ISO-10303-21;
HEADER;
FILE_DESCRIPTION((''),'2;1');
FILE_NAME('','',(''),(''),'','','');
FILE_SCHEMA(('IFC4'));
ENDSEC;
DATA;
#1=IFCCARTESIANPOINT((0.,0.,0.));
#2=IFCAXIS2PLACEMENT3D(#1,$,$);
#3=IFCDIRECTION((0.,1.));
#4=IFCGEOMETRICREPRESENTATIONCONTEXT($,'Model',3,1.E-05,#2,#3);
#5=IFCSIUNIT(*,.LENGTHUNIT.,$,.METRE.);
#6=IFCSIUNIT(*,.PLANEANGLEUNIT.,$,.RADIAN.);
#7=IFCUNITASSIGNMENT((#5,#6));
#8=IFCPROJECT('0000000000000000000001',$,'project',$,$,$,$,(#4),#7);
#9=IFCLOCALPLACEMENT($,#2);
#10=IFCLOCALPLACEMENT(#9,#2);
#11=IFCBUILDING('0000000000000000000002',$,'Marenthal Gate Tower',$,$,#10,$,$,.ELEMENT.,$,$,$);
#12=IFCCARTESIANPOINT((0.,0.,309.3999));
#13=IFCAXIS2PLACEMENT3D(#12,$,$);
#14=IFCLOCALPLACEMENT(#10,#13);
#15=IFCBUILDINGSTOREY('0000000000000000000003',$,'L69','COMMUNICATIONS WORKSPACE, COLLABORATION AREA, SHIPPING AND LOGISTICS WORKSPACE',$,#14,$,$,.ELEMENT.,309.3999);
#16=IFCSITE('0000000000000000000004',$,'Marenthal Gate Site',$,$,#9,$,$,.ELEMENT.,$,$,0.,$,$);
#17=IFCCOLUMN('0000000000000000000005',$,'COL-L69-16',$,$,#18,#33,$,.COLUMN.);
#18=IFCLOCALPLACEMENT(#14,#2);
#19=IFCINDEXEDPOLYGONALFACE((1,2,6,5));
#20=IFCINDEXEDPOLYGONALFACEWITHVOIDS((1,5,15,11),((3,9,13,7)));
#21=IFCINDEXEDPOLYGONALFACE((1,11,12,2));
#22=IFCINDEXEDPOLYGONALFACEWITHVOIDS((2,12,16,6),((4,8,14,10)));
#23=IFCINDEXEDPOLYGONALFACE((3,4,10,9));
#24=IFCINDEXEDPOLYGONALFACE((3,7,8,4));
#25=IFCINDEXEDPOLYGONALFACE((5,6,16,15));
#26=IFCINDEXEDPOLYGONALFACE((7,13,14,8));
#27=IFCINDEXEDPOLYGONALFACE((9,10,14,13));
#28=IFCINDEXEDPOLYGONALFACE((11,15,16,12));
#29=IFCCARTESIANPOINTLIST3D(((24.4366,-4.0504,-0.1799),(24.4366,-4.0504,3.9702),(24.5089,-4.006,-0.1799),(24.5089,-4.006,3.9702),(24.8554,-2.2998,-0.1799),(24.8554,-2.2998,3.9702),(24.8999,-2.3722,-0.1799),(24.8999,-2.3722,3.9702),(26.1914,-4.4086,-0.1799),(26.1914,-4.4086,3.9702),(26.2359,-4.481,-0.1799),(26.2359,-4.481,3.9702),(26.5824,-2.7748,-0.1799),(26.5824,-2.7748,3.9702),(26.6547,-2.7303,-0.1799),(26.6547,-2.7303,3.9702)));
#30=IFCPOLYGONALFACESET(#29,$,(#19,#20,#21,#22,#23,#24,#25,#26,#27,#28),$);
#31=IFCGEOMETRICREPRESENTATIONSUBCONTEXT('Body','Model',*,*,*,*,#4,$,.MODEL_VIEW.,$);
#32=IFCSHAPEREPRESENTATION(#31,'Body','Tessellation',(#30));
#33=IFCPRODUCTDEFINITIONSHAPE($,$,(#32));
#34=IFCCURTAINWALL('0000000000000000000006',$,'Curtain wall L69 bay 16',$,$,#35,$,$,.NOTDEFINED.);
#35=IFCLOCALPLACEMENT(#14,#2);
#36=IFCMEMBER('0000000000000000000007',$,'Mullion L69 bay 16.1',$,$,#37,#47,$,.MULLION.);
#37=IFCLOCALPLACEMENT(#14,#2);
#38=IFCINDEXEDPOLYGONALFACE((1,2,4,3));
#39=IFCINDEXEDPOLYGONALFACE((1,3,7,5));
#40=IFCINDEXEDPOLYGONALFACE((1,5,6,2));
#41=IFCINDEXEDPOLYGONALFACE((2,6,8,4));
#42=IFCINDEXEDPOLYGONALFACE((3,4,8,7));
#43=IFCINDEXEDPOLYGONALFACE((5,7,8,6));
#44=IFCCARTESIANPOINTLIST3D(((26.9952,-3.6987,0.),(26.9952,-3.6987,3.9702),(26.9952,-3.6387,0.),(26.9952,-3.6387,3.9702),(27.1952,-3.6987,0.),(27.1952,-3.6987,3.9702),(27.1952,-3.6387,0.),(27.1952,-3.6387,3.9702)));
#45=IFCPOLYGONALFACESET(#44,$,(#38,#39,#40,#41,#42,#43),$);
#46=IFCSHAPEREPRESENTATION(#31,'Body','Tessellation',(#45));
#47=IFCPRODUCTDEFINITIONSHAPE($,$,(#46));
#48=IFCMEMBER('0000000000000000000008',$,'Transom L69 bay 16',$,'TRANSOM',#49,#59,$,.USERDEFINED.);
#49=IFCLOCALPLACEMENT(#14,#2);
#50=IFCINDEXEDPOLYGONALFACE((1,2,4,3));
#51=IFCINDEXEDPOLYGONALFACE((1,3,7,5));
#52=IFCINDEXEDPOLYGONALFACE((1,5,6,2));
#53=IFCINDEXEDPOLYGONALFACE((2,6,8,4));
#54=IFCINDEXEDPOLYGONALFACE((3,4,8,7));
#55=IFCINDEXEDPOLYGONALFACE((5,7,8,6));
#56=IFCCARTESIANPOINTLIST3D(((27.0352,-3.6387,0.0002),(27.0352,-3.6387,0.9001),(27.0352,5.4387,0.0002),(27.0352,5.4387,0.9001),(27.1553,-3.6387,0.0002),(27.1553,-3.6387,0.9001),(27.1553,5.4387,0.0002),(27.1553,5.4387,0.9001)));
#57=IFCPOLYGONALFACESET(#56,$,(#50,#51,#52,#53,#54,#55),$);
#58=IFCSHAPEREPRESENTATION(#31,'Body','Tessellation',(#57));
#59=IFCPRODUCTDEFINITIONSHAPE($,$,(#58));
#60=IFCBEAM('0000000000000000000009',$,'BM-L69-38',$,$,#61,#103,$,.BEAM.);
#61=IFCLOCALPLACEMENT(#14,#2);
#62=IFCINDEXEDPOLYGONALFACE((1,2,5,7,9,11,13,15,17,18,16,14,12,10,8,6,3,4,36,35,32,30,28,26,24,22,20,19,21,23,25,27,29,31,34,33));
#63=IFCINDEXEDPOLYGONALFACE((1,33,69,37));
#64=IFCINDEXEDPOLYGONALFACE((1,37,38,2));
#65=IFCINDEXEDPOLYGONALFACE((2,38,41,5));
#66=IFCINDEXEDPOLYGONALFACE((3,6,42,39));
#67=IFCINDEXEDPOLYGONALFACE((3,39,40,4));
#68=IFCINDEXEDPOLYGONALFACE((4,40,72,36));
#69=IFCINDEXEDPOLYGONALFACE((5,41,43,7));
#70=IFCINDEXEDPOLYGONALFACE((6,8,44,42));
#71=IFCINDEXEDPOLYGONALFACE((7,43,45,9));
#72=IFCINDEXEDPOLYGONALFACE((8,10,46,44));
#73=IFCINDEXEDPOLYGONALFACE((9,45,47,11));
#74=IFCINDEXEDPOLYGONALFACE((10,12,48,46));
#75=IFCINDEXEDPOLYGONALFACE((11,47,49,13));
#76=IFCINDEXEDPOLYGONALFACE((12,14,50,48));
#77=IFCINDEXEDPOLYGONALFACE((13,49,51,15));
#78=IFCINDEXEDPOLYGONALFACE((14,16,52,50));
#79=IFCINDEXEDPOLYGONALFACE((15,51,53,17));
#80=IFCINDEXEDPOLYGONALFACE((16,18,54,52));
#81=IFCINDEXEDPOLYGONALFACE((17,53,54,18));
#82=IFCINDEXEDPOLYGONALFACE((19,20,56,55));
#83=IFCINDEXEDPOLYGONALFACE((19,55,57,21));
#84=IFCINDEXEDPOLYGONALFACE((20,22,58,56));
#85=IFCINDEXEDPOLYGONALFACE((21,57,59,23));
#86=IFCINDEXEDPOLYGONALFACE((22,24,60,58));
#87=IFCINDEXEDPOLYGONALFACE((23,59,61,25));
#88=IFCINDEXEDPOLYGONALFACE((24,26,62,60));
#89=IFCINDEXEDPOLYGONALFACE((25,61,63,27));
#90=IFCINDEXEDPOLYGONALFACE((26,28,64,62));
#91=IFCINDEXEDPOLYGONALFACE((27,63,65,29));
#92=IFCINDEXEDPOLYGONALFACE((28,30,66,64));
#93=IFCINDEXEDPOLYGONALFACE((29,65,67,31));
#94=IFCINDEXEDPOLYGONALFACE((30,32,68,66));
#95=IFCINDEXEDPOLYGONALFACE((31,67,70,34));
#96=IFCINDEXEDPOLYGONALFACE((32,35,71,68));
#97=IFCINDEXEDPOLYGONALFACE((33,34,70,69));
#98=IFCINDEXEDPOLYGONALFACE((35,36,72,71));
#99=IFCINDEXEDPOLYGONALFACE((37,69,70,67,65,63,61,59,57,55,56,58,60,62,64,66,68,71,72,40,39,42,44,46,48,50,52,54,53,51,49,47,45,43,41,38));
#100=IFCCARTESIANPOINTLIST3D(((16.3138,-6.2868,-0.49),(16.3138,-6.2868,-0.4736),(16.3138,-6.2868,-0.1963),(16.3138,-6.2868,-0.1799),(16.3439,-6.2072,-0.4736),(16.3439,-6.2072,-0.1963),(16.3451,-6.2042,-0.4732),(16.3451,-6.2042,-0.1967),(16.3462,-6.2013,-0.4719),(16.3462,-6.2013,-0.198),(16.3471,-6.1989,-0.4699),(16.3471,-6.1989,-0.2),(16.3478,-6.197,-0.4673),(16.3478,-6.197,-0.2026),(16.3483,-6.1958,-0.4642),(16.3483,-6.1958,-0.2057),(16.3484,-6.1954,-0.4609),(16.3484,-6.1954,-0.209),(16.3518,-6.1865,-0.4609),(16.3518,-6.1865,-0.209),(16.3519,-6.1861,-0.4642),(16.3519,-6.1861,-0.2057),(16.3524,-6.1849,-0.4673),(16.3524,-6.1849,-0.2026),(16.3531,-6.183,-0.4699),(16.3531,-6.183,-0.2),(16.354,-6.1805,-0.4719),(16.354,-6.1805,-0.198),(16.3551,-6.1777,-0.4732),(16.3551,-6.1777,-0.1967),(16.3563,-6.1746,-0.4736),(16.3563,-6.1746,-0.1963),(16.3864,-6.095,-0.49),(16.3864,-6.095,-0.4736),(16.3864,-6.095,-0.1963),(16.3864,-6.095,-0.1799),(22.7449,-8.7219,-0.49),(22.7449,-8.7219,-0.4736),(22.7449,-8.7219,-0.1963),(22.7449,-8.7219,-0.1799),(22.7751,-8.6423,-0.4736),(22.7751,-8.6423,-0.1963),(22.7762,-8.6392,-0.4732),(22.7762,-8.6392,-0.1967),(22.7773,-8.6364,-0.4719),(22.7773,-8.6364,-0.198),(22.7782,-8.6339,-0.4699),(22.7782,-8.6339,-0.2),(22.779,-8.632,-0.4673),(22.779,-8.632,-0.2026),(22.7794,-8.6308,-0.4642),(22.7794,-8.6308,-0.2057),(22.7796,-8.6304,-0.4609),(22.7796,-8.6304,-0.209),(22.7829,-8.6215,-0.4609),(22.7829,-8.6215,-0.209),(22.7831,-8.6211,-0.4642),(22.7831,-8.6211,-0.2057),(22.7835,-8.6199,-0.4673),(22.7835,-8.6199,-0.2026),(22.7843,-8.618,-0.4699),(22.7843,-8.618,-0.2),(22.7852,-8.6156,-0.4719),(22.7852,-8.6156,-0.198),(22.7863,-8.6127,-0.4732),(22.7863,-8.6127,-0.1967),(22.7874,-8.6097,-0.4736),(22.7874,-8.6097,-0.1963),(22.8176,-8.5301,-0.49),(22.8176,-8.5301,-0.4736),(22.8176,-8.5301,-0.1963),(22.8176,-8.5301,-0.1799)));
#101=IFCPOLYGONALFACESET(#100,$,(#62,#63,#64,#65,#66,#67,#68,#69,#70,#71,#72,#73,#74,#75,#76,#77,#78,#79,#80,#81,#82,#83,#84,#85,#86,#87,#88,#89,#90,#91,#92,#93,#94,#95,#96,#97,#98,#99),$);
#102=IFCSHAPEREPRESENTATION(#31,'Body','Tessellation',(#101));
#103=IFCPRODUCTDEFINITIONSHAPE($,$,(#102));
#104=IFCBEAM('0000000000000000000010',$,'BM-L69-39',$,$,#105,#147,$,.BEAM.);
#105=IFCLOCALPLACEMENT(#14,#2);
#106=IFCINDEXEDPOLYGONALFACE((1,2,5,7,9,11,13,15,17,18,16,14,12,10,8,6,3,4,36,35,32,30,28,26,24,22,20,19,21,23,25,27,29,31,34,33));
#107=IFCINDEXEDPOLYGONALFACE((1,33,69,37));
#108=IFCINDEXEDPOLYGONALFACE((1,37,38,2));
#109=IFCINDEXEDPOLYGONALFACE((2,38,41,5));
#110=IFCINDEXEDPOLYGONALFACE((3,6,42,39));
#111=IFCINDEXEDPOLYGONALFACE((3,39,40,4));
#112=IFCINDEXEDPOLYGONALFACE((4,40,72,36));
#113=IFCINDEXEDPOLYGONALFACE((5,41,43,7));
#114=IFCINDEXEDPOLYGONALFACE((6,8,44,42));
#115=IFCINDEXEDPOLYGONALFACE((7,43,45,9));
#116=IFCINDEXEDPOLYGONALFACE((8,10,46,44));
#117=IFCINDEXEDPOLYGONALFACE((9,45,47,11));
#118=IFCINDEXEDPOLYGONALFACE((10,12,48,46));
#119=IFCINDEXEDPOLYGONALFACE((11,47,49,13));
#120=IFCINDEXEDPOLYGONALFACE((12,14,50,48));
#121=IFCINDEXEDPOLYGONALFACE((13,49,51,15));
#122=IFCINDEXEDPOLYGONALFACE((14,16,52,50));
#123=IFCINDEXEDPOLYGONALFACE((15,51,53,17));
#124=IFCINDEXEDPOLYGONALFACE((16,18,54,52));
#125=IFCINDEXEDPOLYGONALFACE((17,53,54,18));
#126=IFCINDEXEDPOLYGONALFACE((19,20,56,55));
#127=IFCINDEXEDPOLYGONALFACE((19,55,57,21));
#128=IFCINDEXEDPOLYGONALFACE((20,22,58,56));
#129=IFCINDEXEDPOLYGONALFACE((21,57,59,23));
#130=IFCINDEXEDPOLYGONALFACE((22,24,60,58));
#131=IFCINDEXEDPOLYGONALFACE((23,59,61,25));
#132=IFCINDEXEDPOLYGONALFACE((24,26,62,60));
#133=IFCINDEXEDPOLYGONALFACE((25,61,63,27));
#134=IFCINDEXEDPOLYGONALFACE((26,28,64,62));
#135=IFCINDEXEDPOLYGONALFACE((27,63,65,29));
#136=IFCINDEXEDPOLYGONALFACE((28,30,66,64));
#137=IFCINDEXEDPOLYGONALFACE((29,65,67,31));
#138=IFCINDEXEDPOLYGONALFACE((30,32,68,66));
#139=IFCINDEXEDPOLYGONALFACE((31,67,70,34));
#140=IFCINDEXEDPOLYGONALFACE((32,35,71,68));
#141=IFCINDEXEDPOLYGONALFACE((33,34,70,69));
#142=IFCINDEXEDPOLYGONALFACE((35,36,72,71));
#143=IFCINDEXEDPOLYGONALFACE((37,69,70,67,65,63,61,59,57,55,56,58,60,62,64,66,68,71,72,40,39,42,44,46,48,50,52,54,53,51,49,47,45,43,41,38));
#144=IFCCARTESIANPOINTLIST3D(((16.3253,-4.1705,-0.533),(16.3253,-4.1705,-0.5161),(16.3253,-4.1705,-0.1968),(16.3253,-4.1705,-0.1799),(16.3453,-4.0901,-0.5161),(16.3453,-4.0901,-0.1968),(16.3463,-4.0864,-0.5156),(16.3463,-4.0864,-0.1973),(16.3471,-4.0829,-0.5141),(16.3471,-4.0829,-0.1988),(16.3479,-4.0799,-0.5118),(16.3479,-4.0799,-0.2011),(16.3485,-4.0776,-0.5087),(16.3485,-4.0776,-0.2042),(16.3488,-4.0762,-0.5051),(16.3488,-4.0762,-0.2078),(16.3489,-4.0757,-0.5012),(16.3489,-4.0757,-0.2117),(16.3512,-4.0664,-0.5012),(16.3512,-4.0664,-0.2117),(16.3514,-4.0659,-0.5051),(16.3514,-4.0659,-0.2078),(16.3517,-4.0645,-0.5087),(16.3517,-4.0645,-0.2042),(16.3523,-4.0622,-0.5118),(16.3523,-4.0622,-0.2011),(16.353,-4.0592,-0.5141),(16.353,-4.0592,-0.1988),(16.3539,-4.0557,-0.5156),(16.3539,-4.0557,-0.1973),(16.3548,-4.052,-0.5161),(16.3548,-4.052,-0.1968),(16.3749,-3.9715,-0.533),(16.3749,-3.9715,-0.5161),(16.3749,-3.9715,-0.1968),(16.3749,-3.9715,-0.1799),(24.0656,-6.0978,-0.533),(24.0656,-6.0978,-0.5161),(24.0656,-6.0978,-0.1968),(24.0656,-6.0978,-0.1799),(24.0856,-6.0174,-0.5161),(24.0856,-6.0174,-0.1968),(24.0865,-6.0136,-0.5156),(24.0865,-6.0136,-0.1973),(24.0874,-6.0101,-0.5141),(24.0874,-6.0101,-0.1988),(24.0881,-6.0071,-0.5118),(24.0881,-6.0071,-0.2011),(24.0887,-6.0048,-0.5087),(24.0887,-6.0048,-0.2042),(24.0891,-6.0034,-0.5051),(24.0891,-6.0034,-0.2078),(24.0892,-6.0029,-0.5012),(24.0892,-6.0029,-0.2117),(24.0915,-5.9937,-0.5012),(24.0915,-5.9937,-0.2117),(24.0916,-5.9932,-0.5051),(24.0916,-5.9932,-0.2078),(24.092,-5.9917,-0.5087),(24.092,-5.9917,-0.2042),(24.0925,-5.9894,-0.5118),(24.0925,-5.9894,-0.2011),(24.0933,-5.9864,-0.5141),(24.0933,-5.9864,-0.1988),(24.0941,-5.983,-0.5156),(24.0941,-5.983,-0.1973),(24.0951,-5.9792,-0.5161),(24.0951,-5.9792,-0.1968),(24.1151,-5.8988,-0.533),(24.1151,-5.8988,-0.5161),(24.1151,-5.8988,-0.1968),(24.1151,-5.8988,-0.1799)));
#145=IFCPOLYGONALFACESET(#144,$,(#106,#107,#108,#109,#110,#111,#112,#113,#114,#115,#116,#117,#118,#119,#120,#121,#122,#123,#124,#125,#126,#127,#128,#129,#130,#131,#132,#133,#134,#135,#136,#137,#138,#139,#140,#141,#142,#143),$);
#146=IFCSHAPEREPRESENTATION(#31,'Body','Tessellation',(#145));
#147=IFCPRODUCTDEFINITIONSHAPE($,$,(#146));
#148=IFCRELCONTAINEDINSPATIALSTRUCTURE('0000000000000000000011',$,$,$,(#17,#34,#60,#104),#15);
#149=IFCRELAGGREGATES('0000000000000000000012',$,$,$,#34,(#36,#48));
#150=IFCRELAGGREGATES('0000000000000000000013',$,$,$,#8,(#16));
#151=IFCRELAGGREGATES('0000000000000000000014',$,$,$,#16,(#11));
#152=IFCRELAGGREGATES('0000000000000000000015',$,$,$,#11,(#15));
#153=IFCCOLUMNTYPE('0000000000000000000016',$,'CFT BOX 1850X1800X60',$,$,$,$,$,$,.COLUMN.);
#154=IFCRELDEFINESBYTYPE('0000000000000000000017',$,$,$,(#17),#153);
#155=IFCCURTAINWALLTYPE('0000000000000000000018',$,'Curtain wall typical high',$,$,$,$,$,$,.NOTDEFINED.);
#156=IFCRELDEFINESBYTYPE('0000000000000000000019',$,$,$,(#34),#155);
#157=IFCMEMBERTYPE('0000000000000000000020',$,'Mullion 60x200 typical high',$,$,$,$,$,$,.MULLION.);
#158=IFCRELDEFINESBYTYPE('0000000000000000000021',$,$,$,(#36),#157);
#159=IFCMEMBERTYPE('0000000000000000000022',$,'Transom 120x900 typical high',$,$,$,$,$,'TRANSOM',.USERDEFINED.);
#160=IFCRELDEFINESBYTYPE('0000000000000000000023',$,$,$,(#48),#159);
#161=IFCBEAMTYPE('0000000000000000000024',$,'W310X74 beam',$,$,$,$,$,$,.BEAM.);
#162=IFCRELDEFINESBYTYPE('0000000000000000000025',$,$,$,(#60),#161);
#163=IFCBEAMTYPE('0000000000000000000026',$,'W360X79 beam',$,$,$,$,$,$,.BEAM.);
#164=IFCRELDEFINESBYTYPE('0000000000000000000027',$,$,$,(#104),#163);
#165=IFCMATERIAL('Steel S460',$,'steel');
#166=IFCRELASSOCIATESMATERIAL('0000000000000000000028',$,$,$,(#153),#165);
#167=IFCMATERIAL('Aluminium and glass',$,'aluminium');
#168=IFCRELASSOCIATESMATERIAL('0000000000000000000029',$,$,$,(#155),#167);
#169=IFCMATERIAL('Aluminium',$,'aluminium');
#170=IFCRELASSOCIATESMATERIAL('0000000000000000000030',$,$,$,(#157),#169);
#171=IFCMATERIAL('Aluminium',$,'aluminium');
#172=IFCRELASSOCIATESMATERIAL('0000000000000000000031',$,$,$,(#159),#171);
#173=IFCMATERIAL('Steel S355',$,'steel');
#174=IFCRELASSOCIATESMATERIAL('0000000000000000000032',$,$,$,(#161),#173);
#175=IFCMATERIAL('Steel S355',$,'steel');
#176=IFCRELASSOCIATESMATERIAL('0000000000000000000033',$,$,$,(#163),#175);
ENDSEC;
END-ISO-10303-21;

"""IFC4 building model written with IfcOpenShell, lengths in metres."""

from ifc_helpers import new_model, si_unit, direction, frame, origin, origin_2d, place, context, subcontext, project, spatial, rectangle, hollow_rectangle, i_section, extrude, material, material_profile, profile_set, type_object, element, aggregate, save


model = new_model("IFC4")

# Units and contexts
model_context = context("Model", 3, precision=1e-05, world=origin(), true_north=direction((0.0, 1.0)))
body_context = subcontext(model_context, "Body", "Model", "MODEL_VIEW")
ifc_project = project(units=[si_unit("LENGTHUNIT", "METRE"), si_unit("PLANEANGLEUNIT", "RADIAN")], contexts=[model_context])

# Site, building, storey
site_placement = place(None, origin())
site = spatial("IfcSite", under=ifc_project, at=site_placement, Name="Marenthal Gate Site", CompositionType="ELEMENT", RefElevation=0.0)
building_placement = place(site_placement, origin())
building = spatial("IfcBuilding", under=site, at=building_placement, Name="Marenthal Gate Tower", CompositionType="ELEMENT")
storey_placement = place(building_placement, frame((0.0, 0.0, 309.3999)))
storey = spatial("IfcBuildingStorey", under=building, at=storey_placement, Name="L69", Description="COMMUNICATIONS WORKSPACE, COLLABORATION AREA, SHIPPING AND LOGISTICS WORKSPACE", CompositionType="ELEMENT", Elevation=309.3999)

# Column
ifc_material_1 = material(Name="Steel S460", Category="steel")
ifc_material_profile_1 = material_profile(ifc_material_1, hollow_rectangle(XDim=1.8, YDim=1.8501, WallThickness=0.0601, at=origin_2d()), Name="CFT BOX 1850X1800X60")
ifc_material_2 = material(Name="Concrete 70 MPa", Category="concrete")
ifc_material_profile_2 = material_profile(ifc_material_2, rectangle(XDim=1.6799, YDim=1.73, at=origin_2d()), Name="CFT BOX 1850X1800X60 INFILL")
ifc_profile_set_1 = profile_set([ifc_material_profile_1, ifc_material_profile_2], Name="Steel S460 shell, Concrete 70 MPa infill")
column_type = type_object("IfcColumnType", Name="CFT BOX 1850X1800X60", PredefinedType="COLUMN", material=ifc_profile_set_1)
column_placement = place(storey_placement, frame((25.5457, -3.3904, -0.1799), z_axis=(0.0, 0.0, 1.0), x_axis=(-0.232702, -0.972548, 0.0)))
element("IfcColumn", 1, at=column_placement, inside=storey, type_object=column_type, Name="COL-L69-16", PredefinedType="COLUMN", context=body_context, shape_type="SweptSolid", body=[
    extrude(hollow_rectangle(XDim=1.8, YDim=1.8501, WallThickness=0.0601, at=origin_2d()), origin(), (0.0, 0.0, 1.0), 4.1501),
])

# Curtain wall, members
ifc_material_3 = material(Name="Aluminium and glass", Category="aluminium")
curtain_wall_type = type_object("IfcCurtainWallType", Name="Curtain wall typical high", PredefinedType="NOTDEFINED", material=ifc_material_3)
curtain_wall_placement = place(storey_placement, origin())
curtain_wall = element("IfcCurtainWall", 2, at=curtain_wall_placement, inside=storey, type_object=curtain_wall_type, Name="Curtain wall L69 bay 16", PredefinedType="NOTDEFINED")
ifc_material_4 = material(Name="Aluminium", Category="aluminium")
ifc_material_profile_3 = material_profile(ifc_material_4, rectangle(XDim=0.2, YDim=0.0601, at=origin_2d()), Name="60x200 aluminium mullion")
ifc_profile_set_2 = profile_set([ifc_material_profile_3], Name="Aluminium")
member_type_1 = type_object("IfcMemberType", Name="Mullion 60x200 typical high", PredefinedType="MULLION", material=ifc_profile_set_2)
member_1_placement = place(storey_placement, frame((27.0952, -3.6687, 0.0), z_axis=(0.0, 0.0, 1.0), x_axis=(-1.0, 0.0, 0.0)))
member_1 = element("IfcMember", 3, at=member_1_placement, type_object=member_type_1, Name="Mullion L69 bay 16.1", PredefinedType="MULLION", context=body_context, shape_type="SweptSolid", body=[
    extrude(rectangle(XDim=0.2, YDim=0.0601, at=origin_2d()), origin(), (0.0, 0.0, 1.0), 3.9702),
])
ifc_material_5 = material(Name="Aluminium", Category="aluminium")
ifc_material_profile_4 = material_profile(ifc_material_5, rectangle(XDim=0.1201, YDim=0.8999, at=origin_2d()), Name="120x900 aluminium transom")
ifc_profile_set_3 = profile_set([ifc_material_profile_4], Name="Aluminium")
member_type_2 = type_object("IfcMemberType", Name="Transom 120x900 typical high", ElementType="TRANSOM", PredefinedType="USERDEFINED", material=ifc_profile_set_3)
member_2_placement = place(storey_placement, frame((27.0952, -3.6387, 0.4502), z_axis=(0.0, 1.0, 0.0), x_axis=(-1.0, 0.0, 0.0)))
member_2 = element("IfcMember", 4, at=member_2_placement, type_object=member_type_2, Name="Transom L69 bay 16", ObjectType="TRANSOM", PredefinedType="USERDEFINED", context=body_context, shape_type="SweptSolid", body=[
    extrude(rectangle(XDim=0.1201, YDim=0.8999, at=origin_2d()), origin(), (0.0, 0.0, 1.0), 9.0774),
])

# Beams
ifc_material_6 = material(Name="Steel S355", Category="steel")
ifc_material_profile_5 = material_profile(ifc_material_6, i_section(OverallWidth=0.2051, OverallDepth=0.3101, WebThickness=0.0095, FlangeThickness=0.0164, FilletRadius=0.0127, at=origin_2d()), Name="W310X74")
ifc_profile_set_4 = profile_set([ifc_material_profile_5], Name="Steel S355")
beam_type_1 = type_object("IfcBeamType", Name="W310X74 beam", PredefinedType="BEAM", material=ifc_profile_set_4)
beam_1_placement = place(storey_placement, frame((22.7812, -8.626, -0.335), z_axis=(-0.935207, 0.354102, 0.0), x_axis=(-0.354102, -0.935207, 0.0)))
element("IfcBeam", 5, at=beam_1_placement, inside=storey, type_object=beam_type_1, Name="BM-L69-38", PredefinedType="BEAM", context=body_context, shape_type="SweptSolid", body=[
    extrude(i_section(OverallWidth=0.2051, OverallDepth=0.3101, WebThickness=0.0095, FlangeThickness=0.0164, FilletRadius=0.0127, at=origin_2d()), origin(), (0.0, 0.0, 1.0), 6.8767),
])
ifc_material_7 = material(Name="Steel S355", Category="steel")
ifc_material_profile_6 = material_profile(ifc_material_7, i_section(OverallWidth=0.2051, OverallDepth=0.353, WebThickness=0.0095, FlangeThickness=0.0168, FilletRadius=0.0149, at=origin_2d()), Name="W360X79")
ifc_profile_set_5 = profile_set([ifc_material_profile_6], Name="Steel S355")
beam_type_2 = type_object("IfcBeamType", Name="W360X79 beam", PredefinedType="BEAM", material=ifc_profile_set_5)
beam_2_placement = place(storey_placement, frame((24.0903, -5.9983, -0.3564), z_axis=(-0.970373, 0.241614, 0.0), x_axis=(-0.241614, -0.970373, 0.0)))
element("IfcBeam", 6, at=beam_2_placement, inside=storey, type_object=beam_type_2, Name="BM-L69-39", PredefinedType="BEAM", context=body_context, shape_type="SweptSolid", body=[
    extrude(i_section(OverallWidth=0.2051, OverallDepth=0.353, WebThickness=0.0095, FlangeThickness=0.0168, FilletRadius=0.0149, at=origin_2d()), origin(), (0.0, 0.0, 1.0), 7.9766),
])

aggregate(curtain_wall, [member_1, member_2])

save(model, "model.ifc")
